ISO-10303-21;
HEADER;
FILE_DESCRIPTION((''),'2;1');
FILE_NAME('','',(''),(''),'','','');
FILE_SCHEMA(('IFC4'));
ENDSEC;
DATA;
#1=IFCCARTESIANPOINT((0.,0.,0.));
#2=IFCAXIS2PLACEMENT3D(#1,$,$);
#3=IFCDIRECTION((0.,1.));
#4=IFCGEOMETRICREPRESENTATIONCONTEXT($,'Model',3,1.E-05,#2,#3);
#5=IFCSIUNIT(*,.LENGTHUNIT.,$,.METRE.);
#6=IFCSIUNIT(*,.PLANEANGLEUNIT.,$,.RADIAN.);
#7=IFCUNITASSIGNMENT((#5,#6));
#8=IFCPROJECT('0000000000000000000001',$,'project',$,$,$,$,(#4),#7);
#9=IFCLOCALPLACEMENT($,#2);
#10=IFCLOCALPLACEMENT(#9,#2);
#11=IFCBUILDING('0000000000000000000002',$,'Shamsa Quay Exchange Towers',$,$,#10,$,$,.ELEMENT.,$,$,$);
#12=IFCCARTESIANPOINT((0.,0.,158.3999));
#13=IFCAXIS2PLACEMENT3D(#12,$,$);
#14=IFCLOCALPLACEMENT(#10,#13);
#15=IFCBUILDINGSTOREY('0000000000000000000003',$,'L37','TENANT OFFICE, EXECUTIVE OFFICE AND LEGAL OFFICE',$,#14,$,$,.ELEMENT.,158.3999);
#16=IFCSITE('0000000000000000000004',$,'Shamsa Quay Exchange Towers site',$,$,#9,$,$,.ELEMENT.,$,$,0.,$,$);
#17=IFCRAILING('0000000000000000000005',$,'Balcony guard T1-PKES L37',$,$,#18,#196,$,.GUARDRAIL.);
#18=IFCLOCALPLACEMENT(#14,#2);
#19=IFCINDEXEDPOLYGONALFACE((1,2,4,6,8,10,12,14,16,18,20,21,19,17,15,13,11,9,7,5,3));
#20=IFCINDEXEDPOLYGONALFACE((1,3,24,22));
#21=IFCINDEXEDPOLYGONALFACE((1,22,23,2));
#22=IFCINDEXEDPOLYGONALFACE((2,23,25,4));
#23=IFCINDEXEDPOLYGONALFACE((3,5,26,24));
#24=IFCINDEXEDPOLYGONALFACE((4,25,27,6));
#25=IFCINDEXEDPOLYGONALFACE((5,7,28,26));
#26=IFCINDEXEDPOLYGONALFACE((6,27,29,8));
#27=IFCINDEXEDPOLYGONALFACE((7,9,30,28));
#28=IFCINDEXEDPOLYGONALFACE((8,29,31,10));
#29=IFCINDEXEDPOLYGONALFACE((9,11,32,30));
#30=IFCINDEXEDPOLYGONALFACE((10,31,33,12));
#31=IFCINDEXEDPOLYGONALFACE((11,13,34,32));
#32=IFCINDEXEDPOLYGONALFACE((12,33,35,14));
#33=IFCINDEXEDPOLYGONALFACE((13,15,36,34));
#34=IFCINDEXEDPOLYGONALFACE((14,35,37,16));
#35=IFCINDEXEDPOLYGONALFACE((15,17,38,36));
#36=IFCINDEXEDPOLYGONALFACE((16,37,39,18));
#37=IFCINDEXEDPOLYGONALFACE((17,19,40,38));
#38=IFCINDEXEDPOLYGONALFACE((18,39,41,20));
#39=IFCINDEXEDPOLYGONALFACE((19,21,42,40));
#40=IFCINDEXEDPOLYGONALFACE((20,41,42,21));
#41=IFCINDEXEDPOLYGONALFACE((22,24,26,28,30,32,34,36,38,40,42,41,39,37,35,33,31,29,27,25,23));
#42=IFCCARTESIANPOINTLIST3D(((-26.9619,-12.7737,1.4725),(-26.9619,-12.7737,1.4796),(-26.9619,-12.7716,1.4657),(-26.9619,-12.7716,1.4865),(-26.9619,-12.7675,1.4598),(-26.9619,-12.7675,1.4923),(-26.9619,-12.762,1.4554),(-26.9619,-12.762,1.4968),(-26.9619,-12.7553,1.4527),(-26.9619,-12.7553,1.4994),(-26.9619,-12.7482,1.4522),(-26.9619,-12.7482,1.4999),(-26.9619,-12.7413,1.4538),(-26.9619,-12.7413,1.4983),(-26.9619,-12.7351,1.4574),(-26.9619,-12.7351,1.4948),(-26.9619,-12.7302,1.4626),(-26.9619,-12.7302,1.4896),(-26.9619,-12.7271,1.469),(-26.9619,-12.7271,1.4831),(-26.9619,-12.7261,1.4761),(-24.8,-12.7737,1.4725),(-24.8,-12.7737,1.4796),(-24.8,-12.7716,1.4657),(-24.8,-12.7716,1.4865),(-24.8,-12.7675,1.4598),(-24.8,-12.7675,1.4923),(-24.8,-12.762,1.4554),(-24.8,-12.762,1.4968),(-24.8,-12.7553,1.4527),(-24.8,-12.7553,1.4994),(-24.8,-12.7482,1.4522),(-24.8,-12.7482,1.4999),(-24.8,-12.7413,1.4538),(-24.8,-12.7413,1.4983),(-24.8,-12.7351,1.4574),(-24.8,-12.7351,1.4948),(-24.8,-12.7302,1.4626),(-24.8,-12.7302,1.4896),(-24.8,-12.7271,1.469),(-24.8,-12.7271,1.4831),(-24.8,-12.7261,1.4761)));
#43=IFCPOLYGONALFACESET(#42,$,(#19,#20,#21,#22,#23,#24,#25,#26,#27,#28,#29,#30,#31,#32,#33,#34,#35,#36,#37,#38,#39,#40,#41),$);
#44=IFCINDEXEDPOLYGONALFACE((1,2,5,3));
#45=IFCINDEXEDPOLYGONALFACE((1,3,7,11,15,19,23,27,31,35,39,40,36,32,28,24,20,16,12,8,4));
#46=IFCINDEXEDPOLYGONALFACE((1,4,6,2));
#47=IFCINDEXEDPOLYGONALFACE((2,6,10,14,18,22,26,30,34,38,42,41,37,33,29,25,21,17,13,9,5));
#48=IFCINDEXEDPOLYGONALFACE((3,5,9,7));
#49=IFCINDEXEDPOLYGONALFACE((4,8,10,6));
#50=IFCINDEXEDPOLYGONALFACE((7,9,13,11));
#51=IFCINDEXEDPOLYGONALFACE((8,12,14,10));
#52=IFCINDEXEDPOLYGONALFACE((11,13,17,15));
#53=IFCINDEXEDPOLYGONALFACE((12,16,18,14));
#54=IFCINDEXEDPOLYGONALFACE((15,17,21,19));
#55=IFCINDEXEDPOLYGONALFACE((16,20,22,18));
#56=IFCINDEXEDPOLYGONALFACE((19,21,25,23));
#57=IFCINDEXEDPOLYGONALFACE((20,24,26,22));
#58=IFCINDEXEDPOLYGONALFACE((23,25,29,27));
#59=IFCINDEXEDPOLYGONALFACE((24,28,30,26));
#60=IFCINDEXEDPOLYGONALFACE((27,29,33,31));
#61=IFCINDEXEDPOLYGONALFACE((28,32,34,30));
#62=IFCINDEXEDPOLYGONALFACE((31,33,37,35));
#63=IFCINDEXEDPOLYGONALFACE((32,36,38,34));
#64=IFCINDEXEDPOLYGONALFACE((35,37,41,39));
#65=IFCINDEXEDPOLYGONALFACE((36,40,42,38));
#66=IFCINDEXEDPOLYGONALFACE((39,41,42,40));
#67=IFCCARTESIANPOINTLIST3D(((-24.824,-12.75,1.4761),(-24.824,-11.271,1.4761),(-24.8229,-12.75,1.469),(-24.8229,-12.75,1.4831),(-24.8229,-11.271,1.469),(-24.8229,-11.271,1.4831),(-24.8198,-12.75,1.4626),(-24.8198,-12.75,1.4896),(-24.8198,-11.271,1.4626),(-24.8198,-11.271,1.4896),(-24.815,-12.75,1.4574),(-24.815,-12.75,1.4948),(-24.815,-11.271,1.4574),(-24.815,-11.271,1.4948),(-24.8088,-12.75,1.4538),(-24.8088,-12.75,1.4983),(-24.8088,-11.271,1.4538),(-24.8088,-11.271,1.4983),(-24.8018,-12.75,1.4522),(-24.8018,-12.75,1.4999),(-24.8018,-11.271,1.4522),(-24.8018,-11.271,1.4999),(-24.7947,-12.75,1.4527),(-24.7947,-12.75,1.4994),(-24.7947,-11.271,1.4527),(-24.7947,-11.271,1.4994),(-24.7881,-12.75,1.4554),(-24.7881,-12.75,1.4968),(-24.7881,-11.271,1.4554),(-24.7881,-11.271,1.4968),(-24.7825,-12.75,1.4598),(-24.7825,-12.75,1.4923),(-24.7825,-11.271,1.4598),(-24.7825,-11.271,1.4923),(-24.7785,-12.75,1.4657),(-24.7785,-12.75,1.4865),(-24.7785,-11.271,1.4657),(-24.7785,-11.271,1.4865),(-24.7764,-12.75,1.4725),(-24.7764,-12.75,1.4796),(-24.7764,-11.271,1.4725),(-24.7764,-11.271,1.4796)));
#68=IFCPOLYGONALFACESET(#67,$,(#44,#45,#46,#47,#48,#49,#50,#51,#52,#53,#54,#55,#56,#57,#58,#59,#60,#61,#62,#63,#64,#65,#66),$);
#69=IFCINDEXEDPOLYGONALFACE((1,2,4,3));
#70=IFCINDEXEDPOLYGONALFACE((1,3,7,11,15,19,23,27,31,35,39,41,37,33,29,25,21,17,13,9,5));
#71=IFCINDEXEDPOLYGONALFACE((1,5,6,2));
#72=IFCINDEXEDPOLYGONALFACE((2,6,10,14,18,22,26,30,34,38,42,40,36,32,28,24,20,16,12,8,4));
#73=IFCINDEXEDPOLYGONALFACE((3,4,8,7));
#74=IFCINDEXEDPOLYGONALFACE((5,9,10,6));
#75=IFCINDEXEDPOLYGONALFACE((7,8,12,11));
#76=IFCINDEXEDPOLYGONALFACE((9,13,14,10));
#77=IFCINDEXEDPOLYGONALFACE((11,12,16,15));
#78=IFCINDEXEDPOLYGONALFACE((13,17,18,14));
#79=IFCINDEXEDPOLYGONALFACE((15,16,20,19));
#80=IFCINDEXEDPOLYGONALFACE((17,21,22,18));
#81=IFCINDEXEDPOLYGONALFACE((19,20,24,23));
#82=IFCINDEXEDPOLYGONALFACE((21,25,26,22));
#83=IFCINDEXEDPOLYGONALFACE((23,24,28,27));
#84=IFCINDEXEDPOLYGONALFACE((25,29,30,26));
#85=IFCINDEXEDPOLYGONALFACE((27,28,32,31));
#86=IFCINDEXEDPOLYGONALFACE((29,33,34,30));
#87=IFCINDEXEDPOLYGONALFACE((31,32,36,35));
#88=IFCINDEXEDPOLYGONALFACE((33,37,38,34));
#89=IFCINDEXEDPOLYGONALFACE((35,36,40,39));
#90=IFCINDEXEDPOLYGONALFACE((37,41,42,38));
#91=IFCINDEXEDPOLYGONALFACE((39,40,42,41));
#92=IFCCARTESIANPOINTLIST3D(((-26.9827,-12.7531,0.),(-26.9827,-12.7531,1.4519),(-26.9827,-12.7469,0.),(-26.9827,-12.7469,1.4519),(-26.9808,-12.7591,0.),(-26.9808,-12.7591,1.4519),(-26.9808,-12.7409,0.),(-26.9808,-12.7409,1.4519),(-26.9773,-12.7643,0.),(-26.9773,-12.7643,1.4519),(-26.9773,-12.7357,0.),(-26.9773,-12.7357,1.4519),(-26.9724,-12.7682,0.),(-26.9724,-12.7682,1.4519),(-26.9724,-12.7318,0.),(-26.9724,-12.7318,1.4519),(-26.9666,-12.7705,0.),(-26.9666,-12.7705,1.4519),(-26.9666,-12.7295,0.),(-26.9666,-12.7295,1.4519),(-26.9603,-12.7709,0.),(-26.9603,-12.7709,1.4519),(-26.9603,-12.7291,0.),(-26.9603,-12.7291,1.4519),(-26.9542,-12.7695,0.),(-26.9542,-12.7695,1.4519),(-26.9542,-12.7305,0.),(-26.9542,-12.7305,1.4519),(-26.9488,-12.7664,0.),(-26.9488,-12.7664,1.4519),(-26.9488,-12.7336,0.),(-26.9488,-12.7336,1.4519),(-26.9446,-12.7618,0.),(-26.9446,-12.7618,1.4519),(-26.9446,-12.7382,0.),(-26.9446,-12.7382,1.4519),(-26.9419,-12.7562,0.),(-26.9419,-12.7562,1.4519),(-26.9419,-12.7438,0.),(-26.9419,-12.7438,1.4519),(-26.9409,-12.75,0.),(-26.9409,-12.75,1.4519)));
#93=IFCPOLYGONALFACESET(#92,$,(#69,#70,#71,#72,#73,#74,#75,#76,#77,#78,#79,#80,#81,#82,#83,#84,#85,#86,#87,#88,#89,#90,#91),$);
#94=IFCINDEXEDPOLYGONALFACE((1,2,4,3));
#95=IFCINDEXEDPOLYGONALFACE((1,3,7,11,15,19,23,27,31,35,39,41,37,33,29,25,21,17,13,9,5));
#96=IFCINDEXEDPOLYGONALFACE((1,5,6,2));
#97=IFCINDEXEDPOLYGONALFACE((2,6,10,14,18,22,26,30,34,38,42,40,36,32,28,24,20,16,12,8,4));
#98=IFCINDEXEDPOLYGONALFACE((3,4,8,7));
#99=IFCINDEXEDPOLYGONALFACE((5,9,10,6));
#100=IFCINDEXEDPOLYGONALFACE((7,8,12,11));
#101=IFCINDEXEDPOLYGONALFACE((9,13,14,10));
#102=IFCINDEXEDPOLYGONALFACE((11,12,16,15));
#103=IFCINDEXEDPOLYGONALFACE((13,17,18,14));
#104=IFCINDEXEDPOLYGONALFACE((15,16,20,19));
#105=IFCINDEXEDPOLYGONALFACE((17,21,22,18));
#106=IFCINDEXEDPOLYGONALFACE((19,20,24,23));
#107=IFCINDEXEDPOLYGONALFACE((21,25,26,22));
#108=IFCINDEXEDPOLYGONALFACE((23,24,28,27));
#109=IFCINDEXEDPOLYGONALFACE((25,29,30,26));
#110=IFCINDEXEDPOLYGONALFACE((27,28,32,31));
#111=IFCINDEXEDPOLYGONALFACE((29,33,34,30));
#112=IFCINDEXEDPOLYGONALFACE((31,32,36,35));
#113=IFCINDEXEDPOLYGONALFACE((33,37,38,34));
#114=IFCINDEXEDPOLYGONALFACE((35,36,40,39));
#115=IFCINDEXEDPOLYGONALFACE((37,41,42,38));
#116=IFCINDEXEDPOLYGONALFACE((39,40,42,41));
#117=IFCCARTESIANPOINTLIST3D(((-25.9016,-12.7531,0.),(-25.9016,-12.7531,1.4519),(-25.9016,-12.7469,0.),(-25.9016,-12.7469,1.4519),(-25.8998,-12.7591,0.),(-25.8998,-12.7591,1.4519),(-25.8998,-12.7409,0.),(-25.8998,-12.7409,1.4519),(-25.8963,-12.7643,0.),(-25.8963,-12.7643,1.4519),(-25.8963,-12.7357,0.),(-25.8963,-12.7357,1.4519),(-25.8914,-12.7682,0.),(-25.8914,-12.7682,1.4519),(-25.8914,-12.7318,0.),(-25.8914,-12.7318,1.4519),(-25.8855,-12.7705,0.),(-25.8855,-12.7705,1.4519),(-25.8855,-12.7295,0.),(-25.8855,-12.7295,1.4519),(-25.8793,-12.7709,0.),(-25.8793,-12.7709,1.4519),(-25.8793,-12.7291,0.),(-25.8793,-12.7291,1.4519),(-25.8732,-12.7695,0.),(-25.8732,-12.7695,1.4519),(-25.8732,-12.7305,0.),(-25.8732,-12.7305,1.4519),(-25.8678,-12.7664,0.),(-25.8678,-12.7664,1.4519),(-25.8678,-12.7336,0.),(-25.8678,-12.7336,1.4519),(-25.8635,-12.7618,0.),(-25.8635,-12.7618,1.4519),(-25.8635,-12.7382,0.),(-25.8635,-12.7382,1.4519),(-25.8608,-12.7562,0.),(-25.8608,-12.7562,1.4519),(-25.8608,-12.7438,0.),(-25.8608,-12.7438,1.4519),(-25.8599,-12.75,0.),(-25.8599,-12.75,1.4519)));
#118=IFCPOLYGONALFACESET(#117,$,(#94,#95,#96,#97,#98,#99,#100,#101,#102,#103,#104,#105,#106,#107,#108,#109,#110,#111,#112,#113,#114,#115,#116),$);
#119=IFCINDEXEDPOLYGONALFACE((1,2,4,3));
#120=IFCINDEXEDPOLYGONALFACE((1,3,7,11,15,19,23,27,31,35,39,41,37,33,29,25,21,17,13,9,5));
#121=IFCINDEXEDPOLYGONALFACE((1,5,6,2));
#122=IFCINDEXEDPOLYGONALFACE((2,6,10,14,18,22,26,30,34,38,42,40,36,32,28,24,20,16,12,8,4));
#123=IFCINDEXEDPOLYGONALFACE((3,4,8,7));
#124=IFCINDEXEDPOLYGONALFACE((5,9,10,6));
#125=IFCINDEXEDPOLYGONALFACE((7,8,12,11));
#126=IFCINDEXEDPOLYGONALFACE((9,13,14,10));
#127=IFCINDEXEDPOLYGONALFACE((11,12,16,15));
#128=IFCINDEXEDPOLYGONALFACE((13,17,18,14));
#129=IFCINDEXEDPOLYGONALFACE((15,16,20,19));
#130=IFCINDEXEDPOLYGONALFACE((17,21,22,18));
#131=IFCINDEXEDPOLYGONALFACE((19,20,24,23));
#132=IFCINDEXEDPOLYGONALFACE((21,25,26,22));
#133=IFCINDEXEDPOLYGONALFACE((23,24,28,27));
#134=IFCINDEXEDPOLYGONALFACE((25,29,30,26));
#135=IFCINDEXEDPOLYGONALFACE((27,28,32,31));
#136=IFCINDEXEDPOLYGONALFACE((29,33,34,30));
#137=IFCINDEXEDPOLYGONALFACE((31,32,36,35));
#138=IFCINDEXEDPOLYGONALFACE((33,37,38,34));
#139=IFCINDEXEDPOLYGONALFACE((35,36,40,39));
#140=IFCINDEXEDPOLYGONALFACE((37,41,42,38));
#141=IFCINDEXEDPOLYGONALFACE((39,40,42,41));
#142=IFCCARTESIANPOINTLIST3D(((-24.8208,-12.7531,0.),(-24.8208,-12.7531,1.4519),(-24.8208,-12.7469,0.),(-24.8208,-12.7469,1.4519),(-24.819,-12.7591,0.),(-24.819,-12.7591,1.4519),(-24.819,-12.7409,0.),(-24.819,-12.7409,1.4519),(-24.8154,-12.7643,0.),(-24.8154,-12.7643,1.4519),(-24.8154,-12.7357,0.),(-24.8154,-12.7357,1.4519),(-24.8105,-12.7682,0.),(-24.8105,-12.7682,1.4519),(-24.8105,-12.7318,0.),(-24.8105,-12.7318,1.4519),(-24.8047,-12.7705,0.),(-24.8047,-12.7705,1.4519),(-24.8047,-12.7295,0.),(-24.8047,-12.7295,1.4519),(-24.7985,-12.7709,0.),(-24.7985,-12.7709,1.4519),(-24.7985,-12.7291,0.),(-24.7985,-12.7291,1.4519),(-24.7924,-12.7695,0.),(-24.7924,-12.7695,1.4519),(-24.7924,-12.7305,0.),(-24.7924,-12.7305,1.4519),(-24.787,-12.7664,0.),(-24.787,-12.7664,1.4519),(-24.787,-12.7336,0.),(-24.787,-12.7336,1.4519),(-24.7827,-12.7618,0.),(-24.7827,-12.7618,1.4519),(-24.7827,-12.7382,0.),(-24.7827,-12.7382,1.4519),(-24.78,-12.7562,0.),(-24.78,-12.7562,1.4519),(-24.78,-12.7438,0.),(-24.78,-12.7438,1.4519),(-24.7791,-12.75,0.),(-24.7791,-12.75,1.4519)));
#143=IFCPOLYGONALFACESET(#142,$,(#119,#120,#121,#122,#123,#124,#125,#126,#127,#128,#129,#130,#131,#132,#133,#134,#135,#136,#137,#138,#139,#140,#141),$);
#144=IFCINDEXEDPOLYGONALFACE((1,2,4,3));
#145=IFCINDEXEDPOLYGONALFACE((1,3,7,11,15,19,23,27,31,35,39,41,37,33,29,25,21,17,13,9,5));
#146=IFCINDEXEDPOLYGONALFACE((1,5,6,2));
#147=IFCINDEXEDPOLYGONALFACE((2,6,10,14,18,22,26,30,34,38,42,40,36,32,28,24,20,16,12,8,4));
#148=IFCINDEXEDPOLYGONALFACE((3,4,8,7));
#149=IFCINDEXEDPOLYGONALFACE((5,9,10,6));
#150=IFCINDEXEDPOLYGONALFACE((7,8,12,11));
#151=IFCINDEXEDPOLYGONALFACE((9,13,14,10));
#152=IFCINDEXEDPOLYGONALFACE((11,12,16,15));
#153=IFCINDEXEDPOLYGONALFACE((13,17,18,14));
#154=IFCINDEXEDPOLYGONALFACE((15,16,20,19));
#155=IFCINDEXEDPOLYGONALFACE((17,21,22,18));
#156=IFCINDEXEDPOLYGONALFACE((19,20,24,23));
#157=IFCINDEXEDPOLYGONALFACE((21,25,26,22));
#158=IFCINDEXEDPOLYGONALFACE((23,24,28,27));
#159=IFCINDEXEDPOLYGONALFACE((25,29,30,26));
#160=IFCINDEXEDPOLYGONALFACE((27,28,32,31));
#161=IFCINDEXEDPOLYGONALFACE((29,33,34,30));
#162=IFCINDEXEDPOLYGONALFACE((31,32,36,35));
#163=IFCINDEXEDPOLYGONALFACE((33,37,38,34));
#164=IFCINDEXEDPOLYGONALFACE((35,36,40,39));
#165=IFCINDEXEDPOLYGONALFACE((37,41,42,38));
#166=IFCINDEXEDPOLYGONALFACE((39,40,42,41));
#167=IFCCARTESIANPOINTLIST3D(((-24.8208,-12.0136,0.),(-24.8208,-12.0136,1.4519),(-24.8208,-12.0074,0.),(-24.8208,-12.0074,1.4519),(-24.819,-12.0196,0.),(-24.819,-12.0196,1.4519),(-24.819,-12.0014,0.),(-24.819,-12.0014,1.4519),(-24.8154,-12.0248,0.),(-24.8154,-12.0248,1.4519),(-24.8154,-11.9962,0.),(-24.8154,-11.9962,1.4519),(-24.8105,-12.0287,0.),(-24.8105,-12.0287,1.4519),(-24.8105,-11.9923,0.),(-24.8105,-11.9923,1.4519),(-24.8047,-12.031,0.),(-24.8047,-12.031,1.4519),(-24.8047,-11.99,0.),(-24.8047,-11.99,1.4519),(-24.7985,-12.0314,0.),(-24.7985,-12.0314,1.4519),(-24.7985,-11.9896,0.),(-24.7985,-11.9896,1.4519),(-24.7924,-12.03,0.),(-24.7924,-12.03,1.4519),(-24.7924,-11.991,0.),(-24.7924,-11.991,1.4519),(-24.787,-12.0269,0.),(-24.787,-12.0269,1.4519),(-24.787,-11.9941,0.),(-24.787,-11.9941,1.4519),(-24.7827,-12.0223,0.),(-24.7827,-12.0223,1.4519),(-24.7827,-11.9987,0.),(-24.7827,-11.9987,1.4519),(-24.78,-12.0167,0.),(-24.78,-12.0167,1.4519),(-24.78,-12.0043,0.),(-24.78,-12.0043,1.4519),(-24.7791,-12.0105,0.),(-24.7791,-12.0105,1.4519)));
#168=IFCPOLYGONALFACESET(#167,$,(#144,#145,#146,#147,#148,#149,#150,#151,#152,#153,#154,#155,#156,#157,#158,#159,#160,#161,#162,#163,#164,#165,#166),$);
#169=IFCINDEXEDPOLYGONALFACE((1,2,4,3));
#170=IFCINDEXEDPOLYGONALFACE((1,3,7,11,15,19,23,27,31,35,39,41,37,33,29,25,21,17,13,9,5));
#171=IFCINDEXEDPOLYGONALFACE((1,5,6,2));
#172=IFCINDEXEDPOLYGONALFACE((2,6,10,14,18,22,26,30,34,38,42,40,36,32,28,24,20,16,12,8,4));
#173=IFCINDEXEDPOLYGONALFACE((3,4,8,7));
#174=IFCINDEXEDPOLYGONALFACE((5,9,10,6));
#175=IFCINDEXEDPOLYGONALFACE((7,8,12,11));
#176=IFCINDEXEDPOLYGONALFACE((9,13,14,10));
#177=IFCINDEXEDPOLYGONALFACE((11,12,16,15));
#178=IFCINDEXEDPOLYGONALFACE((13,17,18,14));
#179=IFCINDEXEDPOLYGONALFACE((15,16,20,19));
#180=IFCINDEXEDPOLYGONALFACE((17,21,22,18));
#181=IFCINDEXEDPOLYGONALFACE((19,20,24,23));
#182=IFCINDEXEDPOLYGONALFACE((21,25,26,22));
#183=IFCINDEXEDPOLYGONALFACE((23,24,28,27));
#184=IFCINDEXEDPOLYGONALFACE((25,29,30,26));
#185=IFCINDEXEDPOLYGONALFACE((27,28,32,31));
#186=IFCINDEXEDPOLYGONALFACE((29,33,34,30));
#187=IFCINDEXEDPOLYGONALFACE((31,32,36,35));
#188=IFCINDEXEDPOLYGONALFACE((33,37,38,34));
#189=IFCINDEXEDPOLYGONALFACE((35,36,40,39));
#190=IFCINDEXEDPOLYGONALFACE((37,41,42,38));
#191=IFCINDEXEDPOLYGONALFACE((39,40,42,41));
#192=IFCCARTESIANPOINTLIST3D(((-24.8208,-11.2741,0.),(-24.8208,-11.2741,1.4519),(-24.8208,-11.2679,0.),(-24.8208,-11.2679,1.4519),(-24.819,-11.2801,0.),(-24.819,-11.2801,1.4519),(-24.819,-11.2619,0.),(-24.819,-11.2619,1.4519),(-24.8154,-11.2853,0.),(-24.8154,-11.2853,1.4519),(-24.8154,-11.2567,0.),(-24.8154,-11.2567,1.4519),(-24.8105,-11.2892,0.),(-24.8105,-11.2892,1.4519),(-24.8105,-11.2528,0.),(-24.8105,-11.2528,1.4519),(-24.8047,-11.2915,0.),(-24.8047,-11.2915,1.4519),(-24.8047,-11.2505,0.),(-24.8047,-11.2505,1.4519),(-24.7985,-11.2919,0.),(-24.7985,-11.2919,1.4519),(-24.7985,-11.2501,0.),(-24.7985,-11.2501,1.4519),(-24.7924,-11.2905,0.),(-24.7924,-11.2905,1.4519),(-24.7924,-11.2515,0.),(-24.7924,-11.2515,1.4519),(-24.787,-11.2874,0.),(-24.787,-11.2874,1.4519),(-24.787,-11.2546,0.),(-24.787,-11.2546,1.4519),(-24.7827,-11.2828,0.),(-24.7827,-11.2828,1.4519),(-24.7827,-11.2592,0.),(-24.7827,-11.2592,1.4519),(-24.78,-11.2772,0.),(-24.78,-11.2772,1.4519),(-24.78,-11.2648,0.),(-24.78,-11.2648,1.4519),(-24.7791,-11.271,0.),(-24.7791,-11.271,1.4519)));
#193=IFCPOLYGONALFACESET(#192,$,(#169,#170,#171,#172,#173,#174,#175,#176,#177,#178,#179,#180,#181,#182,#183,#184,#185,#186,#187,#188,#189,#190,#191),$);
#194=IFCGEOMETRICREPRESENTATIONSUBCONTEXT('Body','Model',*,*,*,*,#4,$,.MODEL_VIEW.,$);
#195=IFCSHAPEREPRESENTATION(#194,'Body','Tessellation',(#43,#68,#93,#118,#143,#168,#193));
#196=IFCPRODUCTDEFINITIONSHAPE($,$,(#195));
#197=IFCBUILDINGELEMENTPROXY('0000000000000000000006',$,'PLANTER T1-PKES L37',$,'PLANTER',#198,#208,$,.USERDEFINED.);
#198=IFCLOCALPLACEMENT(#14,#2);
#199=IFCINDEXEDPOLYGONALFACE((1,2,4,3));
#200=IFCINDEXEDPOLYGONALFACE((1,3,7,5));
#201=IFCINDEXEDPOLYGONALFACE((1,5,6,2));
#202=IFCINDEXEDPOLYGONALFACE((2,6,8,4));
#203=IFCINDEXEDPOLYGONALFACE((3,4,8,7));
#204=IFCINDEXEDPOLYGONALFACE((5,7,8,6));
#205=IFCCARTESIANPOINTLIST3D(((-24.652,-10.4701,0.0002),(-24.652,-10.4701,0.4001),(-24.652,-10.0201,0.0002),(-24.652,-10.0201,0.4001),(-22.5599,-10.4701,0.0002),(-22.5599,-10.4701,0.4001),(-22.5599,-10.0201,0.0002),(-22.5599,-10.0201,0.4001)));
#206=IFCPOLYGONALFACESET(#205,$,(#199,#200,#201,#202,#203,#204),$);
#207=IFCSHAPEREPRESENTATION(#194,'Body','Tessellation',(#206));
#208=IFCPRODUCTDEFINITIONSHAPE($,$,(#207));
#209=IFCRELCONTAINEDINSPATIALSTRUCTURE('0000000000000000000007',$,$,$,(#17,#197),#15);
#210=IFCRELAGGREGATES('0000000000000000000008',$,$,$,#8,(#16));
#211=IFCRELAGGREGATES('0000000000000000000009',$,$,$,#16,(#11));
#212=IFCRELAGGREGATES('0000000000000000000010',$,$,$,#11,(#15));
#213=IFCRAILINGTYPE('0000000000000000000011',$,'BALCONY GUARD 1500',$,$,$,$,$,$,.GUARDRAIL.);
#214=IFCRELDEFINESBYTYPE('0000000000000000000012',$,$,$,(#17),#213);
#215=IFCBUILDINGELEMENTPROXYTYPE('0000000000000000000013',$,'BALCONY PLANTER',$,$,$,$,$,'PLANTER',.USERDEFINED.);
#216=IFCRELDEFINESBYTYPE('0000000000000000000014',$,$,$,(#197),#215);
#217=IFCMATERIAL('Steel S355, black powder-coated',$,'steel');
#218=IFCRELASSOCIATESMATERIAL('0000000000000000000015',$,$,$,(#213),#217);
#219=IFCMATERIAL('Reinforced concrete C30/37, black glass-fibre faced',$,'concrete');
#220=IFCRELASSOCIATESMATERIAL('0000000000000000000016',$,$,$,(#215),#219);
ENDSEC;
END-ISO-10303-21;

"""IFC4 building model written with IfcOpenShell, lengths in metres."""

from ifc_helpers import new_model, si_unit, direction, frame, origin, origin_2d, place, context, subcontext, project, spatial, rectangle, circle, extrude, material, type_object, element, save


model = new_model("IFC4")

# Units and contexts
model_context = context("Model", 3, precision=1e-05, world=origin(), true_north=direction((0.0, 1.0)))
body_context = subcontext(model_context, "Body", "Model", "MODEL_VIEW")
ifc_project = project(units=[si_unit("LENGTHUNIT", "METRE"), si_unit("PLANEANGLEUNIT", "RADIAN")], contexts=[model_context])

# Site, building, storey
site_placement = place(None, origin())
site = spatial("IfcSite", under=ifc_project, at=site_placement, Name="Shamsa Quay Exchange Towers site", CompositionType="ELEMENT", RefElevation=0.0)
building_placement = place(site_placement, origin())
building = spatial("IfcBuilding", under=site, at=building_placement, Name="Shamsa Quay Exchange Towers", CompositionType="ELEMENT")
storey_placement = place(building_placement, frame((0.0, 0.0, 158.3999)))
storey = spatial("IfcBuildingStorey", under=building, at=storey_placement, Name="L37", Description="TENANT OFFICE, EXECUTIVE OFFICE AND LEGAL OFFICE", CompositionType="ELEMENT", Elevation=158.3999)

# Railing
ifc_material_1 = material(Name="Steel S355, black powder-coated", Category="steel")
railing_type_1 = type_object("IfcRailingType", Name="BALCONY GUARD 1500", PredefinedType="GUARDRAIL", material=ifc_material_1)
for number, where, name in (
    (1, (-26.9619, -12.75, 0.0), "Balcony guard T1-PKES L37"),
):
    element("IfcRailing", number, at=place(storey_placement, frame(where)), inside=storey, type_object=railing_type_1, Name=name, PredefinedType="GUARDRAIL", context=body_context, shape_type="SweptSolid", body=[
        extrude(circle(Radius=0.0239, at=origin_2d()), frame((0.0, 0.0, 1.4761), z_axis=(1.0, 0.0, 0.0), x_axis=(0.0, 1.0, 0.0)), (0.0, 0.0, 1.0), 2.1619),
        extrude(circle(Radius=0.0239, at=origin_2d()), frame((2.1619, 0.0, 1.4761), z_axis=(0.0, 1.0, 0.0), x_axis=(-1.0, 0.0, 0.0)), (0.0, 0.0, 1.0), 1.479),
        extrude(circle(Radius=0.021, at=origin_2d()), origin(), (0.0, 0.0, 1.0), 1.4519),
        extrude(circle(Radius=0.021, at=origin_2d()), frame((1.0811, 0.0, 0.0)), (0.0, 0.0, 1.0), 1.4519),
        extrude(circle(Radius=0.021, at=origin_2d()), frame((2.1619, 0.0, 0.0)), (0.0, 0.0, 1.0), 1.4519),
        extrude(circle(Radius=0.021, at=origin_2d()), frame((2.1619, 0.7395, 0.0)), (0.0, 0.0, 1.0), 1.4519),
        extrude(circle(Radius=0.021, at=origin_2d()), frame((2.1619, 1.479, 0.0)), (0.0, 0.0, 1.0), 1.4519),
    ])

# Building element proxy
ifc_material_2 = material(Name="Reinforced concrete C30/37, black glass-fibre faced", Category="concrete")
building_element_proxy_type = type_object("IfcBuildingElementProxyType", Name="BALCONY PLANTER", ElementType="PLANTER", PredefinedType="USERDEFINED", material=ifc_material_2)
for number, where, name in (
    (2, (-23.606, -10.2451, 0.0002), "PLANTER T1-PKES L37"),
):
    element("IfcBuildingElementProxy", number, at=place(storey_placement, frame(where)), inside=storey, type_object=building_element_proxy_type, Name=name, ObjectType="PLANTER", PredefinedType="USERDEFINED", context=body_context, shape_type="SweptSolid", body=[
        extrude(rectangle(XDim=2.092, YDim=0.45, at=origin_2d()), origin(), (0.0, 0.0, 1.0), 0.3999),
    ])

save(model, "model.ifc")
